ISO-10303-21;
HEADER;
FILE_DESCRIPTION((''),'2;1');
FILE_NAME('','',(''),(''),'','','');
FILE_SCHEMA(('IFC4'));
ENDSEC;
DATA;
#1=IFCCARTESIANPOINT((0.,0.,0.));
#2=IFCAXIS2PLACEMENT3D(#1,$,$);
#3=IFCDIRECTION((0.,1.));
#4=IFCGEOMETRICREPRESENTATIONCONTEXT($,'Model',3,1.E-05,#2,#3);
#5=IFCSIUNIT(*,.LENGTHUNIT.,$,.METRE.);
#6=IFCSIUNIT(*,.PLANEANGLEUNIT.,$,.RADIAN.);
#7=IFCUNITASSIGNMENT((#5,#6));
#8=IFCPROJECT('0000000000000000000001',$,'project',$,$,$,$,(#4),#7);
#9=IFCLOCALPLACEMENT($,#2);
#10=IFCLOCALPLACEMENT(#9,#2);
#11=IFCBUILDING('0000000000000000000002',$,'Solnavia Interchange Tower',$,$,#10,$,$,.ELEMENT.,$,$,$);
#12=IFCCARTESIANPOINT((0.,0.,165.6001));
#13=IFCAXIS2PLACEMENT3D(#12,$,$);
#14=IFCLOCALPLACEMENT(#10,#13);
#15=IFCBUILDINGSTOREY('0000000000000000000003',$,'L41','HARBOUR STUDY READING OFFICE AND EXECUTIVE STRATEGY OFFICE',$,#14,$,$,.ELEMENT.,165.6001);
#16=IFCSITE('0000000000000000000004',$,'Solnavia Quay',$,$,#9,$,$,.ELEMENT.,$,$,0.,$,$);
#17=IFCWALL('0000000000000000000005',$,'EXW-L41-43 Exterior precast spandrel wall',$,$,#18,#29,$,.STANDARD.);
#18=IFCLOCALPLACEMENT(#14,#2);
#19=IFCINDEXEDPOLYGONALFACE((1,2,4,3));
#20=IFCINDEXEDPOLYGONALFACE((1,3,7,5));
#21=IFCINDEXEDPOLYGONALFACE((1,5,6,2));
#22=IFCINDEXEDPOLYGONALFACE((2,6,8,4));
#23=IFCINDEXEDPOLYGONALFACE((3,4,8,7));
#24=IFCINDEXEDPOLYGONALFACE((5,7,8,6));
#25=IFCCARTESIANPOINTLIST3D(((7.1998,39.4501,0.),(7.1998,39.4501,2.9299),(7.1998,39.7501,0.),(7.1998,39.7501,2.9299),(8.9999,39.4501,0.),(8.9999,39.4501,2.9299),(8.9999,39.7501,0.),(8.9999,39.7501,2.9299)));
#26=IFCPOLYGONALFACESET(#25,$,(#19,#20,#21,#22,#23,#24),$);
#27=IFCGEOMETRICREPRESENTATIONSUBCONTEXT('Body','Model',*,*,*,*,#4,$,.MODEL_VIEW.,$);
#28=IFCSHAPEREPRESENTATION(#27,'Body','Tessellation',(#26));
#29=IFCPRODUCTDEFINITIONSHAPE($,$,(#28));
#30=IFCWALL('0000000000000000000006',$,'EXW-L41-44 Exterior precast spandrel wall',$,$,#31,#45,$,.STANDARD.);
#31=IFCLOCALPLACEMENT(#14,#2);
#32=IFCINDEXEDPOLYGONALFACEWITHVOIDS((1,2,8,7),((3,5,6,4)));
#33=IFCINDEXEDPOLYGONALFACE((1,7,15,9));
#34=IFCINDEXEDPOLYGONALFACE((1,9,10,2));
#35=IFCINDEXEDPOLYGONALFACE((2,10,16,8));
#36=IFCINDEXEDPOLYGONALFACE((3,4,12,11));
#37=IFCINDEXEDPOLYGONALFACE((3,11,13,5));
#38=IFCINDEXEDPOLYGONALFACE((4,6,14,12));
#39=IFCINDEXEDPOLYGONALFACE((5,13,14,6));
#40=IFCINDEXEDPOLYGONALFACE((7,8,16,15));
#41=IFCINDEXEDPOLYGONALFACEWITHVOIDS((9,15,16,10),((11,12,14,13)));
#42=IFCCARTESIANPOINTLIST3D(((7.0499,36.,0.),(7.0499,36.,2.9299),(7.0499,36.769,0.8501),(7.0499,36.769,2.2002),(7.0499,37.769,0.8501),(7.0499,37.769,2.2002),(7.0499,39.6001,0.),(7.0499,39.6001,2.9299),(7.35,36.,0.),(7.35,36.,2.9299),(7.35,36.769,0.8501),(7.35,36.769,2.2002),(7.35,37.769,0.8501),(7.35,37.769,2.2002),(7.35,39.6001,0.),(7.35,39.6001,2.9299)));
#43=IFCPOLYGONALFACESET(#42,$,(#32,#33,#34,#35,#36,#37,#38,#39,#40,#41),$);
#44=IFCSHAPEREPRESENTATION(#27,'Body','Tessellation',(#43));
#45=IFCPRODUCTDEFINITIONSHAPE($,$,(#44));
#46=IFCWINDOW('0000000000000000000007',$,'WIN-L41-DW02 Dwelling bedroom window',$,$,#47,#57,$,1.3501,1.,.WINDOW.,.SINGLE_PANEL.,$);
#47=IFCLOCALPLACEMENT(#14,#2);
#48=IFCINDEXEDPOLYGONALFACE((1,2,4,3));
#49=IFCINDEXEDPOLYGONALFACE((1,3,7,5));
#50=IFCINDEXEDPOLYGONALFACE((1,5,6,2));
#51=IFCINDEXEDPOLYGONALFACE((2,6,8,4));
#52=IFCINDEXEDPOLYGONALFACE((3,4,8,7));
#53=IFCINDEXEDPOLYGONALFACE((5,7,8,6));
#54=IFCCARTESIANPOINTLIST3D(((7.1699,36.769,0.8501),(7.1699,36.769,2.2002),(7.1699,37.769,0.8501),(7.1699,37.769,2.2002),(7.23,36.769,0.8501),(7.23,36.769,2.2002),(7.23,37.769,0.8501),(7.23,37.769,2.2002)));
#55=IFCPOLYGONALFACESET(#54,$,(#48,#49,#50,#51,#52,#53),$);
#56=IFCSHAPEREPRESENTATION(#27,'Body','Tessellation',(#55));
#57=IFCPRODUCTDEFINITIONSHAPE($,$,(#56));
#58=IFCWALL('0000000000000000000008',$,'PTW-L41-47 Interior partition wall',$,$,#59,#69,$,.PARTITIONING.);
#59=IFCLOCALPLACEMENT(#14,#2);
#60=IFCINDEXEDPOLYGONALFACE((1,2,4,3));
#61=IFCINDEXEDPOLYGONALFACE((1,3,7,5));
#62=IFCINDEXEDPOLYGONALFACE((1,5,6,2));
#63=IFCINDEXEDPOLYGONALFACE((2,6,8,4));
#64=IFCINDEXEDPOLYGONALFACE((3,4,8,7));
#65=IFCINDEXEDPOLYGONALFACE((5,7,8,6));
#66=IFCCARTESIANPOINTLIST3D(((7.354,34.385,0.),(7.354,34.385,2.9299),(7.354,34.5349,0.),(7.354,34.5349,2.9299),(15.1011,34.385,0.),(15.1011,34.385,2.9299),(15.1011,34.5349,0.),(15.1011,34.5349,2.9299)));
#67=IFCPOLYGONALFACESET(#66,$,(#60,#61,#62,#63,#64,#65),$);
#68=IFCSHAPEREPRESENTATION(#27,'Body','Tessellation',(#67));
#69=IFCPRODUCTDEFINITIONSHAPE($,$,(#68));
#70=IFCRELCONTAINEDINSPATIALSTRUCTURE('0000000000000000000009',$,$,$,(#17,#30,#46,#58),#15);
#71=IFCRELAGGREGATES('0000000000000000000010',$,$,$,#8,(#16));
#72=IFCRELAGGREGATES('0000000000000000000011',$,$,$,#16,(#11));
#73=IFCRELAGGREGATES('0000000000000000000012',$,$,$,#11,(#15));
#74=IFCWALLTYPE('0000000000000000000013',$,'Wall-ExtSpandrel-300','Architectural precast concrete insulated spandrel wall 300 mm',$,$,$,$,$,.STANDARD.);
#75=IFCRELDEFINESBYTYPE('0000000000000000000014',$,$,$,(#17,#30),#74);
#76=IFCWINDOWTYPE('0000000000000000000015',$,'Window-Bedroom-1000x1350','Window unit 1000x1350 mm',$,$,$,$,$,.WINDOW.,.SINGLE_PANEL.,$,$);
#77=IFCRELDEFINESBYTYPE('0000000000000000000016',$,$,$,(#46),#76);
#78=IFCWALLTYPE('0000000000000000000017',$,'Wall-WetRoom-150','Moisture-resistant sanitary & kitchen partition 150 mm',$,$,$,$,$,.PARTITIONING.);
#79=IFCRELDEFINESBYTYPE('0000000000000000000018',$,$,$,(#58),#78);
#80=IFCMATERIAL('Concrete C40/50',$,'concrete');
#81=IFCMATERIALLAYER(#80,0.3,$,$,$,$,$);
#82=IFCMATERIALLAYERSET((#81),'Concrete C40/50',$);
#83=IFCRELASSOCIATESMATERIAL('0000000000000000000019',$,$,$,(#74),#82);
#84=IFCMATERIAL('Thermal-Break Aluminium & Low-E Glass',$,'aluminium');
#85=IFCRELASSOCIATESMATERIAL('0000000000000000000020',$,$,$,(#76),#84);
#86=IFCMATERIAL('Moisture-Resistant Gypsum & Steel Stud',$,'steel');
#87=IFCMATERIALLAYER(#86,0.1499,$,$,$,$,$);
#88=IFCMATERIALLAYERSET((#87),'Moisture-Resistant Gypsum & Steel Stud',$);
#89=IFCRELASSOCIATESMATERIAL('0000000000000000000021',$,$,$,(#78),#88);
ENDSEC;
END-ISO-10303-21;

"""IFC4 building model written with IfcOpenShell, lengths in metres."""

from ifc_helpers import new_model, si_unit, direction, frame, frame_2d, origin, place, context, subcontext, project, spatial, rectangle, extrude, material, layer, layer_set, type_object, element, fill, save


model = new_model("IFC4")

# Units and contexts
model_context = context("Model", 3, precision=1e-05, world=origin(), true_north=direction((0.0, 1.0)))
body_context = subcontext(model_context, "Body", "Model", "MODEL_VIEW")
ifc_project = project(units=[si_unit("LENGTHUNIT", "METRE"), si_unit("PLANEANGLEUNIT", "RADIAN")], contexts=[model_context])

# Site, building, storey
site_placement = place(None, origin())
site = spatial("IfcSite", under=ifc_project, at=site_placement, Name="Solnavia Quay", CompositionType="ELEMENT", RefElevation=0.0)
building_placement = place(site_placement, origin())
building = spatial("IfcBuilding", under=site, at=building_placement, Name="Solnavia Interchange Tower", CompositionType="ELEMENT")
storey_placement = place(building_placement, frame((0.0, 0.0, 165.6001)))
storey = spatial("IfcBuildingStorey", under=building, at=storey_placement, Name="L41", Description="HARBOUR STUDY READING OFFICE AND EXECUTIVE STRATEGY OFFICE", CompositionType="ELEMENT", Elevation=165.6001)

# Wall
ifc_material_1 = material(Name="Concrete C40/50", Category="concrete")
ifc_layer_1 = layer(ifc_material_1, 0.3)
ifc_layer_set_1 = layer_set([ifc_layer_1], Name="Concrete C40/50")
wall_type_1 = type_object("IfcWallType", Name="Wall-ExtSpandrel-300", Description="Architectural precast concrete insulated spandrel wall 300 mm", PredefinedType="STANDARD", material=ifc_layer_set_1)
wall_1_placement = place(storey_placement, frame((7.2, 39.6001, 0.0), z_axis=(0.0, 0.0, 1.0), x_axis=(1.0, 0.0, 0.0)))
element("IfcWall", 1, at=wall_1_placement, inside=storey, type_object=wall_type_1, Name="EXW-L41-43 Exterior precast spandrel wall", PredefinedType="STANDARD", context=body_context, shape_type="SweptSolid", body=[
    extrude(rectangle(XDim=1.8, YDim=0.3, at=frame_2d((0.8999, 0.0))), origin(), (0.0, 0.0, 1.0), 2.9299),
])

# Wall, opening, window
wall_2_placement = place(storey_placement, frame((7.2, 36.0, 0.0), z_axis=(0.0, 0.0, 1.0), x_axis=(0.0, 1.0, 0.0)))
wall_2 = element("IfcWall", 2, at=wall_2_placement, inside=storey, type_object=wall_type_1, Name="EXW-L41-44 Exterior precast spandrel wall", PredefinedType="STANDARD", context=body_context, shape_type="SweptSolid", body=[
    extrude(rectangle(XDim=3.6001, YDim=0.3, at=frame_2d((1.8, 0.0))), origin(), (0.0, 0.0, 1.0), 2.9299),
])
opening_placement = place(wall_2_placement, frame((0.769, 0.0, 0.8501)))
opening = element("IfcOpeningElement", 3, at=opening_placement, cuts=wall_2, PredefinedType="OPENING", context=body_context, shape_type="SweptSolid", body=[
    extrude(rectangle(XDim=1.0, YDim=1.3501, at=frame_2d((0.5, 0.675))), frame((0.0, 0.1602, 0.0), z_axis=(0.0, -1.0, 0.0), x_axis=(1.0, 0.0, 0.0)), (0.0, 0.0, 1.0), 0.3201),
])
ifc_material_2 = material(Name="Thermal-Break Aluminium & Low-E Glass", Category="aluminium")
window_type = type_object("IfcWindowType", Name="Window-Bedroom-1000x1350", Description="Window unit 1000x1350 mm", PartitioningType="SINGLE_PANEL", PredefinedType="WINDOW", material=ifc_material_2)
window_placement = place(opening_placement, origin())
window = element("IfcWindow", 4, at=window_placement, inside=storey, type_object=window_type, Name="WIN-L41-DW02 Dwelling bedroom window", OverallHeight=1.3501, OverallWidth=1.0, PartitioningType="SINGLE_PANEL", PredefinedType="WINDOW", context=body_context, shape_type="SweptSolid", body=[
    extrude(rectangle(XDim=1.0, YDim=1.3501, at=frame_2d((0.5, 0.675))), frame((0.0, 0.03, 0.0), z_axis=(0.0, -1.0, 0.0), x_axis=(1.0, 0.0, 0.0)), (0.0, 0.0, 1.0), 0.0601),
])
fill(opening, window)

# Wall
ifc_material_3 = material(Name="Moisture-Resistant Gypsum & Steel Stud", Category="steel")
ifc_layer_2 = layer(ifc_material_3, 0.1499)
ifc_layer_set_2 = layer_set([ifc_layer_2], Name="Moisture-Resistant Gypsum & Steel Stud")
wall_type_2 = type_object("IfcWallType", Name="Wall-WetRoom-150", Description="Moisture-resistant sanitary & kitchen partition 150 mm", PredefinedType="PARTITIONING", material=ifc_layer_set_2)
wall_3_placement = place(storey_placement, frame((7.354, 34.46, 0.0), z_axis=(0.0, 0.0, 1.0), x_axis=(1.0, 0.0, 0.0)))
element("IfcWall", 5, at=wall_3_placement, inside=storey, type_object=wall_type_2, Name="PTW-L41-47 Interior partition wall", PredefinedType="PARTITIONING", context=body_context, shape_type="SweptSolid", body=[
    extrude(rectangle(XDim=7.7471, YDim=0.1499, at=frame_2d((3.8735, 0.0))), origin(), (0.0, 0.0, 1.0), 2.9299),
])

save(model, "model.ifc")
